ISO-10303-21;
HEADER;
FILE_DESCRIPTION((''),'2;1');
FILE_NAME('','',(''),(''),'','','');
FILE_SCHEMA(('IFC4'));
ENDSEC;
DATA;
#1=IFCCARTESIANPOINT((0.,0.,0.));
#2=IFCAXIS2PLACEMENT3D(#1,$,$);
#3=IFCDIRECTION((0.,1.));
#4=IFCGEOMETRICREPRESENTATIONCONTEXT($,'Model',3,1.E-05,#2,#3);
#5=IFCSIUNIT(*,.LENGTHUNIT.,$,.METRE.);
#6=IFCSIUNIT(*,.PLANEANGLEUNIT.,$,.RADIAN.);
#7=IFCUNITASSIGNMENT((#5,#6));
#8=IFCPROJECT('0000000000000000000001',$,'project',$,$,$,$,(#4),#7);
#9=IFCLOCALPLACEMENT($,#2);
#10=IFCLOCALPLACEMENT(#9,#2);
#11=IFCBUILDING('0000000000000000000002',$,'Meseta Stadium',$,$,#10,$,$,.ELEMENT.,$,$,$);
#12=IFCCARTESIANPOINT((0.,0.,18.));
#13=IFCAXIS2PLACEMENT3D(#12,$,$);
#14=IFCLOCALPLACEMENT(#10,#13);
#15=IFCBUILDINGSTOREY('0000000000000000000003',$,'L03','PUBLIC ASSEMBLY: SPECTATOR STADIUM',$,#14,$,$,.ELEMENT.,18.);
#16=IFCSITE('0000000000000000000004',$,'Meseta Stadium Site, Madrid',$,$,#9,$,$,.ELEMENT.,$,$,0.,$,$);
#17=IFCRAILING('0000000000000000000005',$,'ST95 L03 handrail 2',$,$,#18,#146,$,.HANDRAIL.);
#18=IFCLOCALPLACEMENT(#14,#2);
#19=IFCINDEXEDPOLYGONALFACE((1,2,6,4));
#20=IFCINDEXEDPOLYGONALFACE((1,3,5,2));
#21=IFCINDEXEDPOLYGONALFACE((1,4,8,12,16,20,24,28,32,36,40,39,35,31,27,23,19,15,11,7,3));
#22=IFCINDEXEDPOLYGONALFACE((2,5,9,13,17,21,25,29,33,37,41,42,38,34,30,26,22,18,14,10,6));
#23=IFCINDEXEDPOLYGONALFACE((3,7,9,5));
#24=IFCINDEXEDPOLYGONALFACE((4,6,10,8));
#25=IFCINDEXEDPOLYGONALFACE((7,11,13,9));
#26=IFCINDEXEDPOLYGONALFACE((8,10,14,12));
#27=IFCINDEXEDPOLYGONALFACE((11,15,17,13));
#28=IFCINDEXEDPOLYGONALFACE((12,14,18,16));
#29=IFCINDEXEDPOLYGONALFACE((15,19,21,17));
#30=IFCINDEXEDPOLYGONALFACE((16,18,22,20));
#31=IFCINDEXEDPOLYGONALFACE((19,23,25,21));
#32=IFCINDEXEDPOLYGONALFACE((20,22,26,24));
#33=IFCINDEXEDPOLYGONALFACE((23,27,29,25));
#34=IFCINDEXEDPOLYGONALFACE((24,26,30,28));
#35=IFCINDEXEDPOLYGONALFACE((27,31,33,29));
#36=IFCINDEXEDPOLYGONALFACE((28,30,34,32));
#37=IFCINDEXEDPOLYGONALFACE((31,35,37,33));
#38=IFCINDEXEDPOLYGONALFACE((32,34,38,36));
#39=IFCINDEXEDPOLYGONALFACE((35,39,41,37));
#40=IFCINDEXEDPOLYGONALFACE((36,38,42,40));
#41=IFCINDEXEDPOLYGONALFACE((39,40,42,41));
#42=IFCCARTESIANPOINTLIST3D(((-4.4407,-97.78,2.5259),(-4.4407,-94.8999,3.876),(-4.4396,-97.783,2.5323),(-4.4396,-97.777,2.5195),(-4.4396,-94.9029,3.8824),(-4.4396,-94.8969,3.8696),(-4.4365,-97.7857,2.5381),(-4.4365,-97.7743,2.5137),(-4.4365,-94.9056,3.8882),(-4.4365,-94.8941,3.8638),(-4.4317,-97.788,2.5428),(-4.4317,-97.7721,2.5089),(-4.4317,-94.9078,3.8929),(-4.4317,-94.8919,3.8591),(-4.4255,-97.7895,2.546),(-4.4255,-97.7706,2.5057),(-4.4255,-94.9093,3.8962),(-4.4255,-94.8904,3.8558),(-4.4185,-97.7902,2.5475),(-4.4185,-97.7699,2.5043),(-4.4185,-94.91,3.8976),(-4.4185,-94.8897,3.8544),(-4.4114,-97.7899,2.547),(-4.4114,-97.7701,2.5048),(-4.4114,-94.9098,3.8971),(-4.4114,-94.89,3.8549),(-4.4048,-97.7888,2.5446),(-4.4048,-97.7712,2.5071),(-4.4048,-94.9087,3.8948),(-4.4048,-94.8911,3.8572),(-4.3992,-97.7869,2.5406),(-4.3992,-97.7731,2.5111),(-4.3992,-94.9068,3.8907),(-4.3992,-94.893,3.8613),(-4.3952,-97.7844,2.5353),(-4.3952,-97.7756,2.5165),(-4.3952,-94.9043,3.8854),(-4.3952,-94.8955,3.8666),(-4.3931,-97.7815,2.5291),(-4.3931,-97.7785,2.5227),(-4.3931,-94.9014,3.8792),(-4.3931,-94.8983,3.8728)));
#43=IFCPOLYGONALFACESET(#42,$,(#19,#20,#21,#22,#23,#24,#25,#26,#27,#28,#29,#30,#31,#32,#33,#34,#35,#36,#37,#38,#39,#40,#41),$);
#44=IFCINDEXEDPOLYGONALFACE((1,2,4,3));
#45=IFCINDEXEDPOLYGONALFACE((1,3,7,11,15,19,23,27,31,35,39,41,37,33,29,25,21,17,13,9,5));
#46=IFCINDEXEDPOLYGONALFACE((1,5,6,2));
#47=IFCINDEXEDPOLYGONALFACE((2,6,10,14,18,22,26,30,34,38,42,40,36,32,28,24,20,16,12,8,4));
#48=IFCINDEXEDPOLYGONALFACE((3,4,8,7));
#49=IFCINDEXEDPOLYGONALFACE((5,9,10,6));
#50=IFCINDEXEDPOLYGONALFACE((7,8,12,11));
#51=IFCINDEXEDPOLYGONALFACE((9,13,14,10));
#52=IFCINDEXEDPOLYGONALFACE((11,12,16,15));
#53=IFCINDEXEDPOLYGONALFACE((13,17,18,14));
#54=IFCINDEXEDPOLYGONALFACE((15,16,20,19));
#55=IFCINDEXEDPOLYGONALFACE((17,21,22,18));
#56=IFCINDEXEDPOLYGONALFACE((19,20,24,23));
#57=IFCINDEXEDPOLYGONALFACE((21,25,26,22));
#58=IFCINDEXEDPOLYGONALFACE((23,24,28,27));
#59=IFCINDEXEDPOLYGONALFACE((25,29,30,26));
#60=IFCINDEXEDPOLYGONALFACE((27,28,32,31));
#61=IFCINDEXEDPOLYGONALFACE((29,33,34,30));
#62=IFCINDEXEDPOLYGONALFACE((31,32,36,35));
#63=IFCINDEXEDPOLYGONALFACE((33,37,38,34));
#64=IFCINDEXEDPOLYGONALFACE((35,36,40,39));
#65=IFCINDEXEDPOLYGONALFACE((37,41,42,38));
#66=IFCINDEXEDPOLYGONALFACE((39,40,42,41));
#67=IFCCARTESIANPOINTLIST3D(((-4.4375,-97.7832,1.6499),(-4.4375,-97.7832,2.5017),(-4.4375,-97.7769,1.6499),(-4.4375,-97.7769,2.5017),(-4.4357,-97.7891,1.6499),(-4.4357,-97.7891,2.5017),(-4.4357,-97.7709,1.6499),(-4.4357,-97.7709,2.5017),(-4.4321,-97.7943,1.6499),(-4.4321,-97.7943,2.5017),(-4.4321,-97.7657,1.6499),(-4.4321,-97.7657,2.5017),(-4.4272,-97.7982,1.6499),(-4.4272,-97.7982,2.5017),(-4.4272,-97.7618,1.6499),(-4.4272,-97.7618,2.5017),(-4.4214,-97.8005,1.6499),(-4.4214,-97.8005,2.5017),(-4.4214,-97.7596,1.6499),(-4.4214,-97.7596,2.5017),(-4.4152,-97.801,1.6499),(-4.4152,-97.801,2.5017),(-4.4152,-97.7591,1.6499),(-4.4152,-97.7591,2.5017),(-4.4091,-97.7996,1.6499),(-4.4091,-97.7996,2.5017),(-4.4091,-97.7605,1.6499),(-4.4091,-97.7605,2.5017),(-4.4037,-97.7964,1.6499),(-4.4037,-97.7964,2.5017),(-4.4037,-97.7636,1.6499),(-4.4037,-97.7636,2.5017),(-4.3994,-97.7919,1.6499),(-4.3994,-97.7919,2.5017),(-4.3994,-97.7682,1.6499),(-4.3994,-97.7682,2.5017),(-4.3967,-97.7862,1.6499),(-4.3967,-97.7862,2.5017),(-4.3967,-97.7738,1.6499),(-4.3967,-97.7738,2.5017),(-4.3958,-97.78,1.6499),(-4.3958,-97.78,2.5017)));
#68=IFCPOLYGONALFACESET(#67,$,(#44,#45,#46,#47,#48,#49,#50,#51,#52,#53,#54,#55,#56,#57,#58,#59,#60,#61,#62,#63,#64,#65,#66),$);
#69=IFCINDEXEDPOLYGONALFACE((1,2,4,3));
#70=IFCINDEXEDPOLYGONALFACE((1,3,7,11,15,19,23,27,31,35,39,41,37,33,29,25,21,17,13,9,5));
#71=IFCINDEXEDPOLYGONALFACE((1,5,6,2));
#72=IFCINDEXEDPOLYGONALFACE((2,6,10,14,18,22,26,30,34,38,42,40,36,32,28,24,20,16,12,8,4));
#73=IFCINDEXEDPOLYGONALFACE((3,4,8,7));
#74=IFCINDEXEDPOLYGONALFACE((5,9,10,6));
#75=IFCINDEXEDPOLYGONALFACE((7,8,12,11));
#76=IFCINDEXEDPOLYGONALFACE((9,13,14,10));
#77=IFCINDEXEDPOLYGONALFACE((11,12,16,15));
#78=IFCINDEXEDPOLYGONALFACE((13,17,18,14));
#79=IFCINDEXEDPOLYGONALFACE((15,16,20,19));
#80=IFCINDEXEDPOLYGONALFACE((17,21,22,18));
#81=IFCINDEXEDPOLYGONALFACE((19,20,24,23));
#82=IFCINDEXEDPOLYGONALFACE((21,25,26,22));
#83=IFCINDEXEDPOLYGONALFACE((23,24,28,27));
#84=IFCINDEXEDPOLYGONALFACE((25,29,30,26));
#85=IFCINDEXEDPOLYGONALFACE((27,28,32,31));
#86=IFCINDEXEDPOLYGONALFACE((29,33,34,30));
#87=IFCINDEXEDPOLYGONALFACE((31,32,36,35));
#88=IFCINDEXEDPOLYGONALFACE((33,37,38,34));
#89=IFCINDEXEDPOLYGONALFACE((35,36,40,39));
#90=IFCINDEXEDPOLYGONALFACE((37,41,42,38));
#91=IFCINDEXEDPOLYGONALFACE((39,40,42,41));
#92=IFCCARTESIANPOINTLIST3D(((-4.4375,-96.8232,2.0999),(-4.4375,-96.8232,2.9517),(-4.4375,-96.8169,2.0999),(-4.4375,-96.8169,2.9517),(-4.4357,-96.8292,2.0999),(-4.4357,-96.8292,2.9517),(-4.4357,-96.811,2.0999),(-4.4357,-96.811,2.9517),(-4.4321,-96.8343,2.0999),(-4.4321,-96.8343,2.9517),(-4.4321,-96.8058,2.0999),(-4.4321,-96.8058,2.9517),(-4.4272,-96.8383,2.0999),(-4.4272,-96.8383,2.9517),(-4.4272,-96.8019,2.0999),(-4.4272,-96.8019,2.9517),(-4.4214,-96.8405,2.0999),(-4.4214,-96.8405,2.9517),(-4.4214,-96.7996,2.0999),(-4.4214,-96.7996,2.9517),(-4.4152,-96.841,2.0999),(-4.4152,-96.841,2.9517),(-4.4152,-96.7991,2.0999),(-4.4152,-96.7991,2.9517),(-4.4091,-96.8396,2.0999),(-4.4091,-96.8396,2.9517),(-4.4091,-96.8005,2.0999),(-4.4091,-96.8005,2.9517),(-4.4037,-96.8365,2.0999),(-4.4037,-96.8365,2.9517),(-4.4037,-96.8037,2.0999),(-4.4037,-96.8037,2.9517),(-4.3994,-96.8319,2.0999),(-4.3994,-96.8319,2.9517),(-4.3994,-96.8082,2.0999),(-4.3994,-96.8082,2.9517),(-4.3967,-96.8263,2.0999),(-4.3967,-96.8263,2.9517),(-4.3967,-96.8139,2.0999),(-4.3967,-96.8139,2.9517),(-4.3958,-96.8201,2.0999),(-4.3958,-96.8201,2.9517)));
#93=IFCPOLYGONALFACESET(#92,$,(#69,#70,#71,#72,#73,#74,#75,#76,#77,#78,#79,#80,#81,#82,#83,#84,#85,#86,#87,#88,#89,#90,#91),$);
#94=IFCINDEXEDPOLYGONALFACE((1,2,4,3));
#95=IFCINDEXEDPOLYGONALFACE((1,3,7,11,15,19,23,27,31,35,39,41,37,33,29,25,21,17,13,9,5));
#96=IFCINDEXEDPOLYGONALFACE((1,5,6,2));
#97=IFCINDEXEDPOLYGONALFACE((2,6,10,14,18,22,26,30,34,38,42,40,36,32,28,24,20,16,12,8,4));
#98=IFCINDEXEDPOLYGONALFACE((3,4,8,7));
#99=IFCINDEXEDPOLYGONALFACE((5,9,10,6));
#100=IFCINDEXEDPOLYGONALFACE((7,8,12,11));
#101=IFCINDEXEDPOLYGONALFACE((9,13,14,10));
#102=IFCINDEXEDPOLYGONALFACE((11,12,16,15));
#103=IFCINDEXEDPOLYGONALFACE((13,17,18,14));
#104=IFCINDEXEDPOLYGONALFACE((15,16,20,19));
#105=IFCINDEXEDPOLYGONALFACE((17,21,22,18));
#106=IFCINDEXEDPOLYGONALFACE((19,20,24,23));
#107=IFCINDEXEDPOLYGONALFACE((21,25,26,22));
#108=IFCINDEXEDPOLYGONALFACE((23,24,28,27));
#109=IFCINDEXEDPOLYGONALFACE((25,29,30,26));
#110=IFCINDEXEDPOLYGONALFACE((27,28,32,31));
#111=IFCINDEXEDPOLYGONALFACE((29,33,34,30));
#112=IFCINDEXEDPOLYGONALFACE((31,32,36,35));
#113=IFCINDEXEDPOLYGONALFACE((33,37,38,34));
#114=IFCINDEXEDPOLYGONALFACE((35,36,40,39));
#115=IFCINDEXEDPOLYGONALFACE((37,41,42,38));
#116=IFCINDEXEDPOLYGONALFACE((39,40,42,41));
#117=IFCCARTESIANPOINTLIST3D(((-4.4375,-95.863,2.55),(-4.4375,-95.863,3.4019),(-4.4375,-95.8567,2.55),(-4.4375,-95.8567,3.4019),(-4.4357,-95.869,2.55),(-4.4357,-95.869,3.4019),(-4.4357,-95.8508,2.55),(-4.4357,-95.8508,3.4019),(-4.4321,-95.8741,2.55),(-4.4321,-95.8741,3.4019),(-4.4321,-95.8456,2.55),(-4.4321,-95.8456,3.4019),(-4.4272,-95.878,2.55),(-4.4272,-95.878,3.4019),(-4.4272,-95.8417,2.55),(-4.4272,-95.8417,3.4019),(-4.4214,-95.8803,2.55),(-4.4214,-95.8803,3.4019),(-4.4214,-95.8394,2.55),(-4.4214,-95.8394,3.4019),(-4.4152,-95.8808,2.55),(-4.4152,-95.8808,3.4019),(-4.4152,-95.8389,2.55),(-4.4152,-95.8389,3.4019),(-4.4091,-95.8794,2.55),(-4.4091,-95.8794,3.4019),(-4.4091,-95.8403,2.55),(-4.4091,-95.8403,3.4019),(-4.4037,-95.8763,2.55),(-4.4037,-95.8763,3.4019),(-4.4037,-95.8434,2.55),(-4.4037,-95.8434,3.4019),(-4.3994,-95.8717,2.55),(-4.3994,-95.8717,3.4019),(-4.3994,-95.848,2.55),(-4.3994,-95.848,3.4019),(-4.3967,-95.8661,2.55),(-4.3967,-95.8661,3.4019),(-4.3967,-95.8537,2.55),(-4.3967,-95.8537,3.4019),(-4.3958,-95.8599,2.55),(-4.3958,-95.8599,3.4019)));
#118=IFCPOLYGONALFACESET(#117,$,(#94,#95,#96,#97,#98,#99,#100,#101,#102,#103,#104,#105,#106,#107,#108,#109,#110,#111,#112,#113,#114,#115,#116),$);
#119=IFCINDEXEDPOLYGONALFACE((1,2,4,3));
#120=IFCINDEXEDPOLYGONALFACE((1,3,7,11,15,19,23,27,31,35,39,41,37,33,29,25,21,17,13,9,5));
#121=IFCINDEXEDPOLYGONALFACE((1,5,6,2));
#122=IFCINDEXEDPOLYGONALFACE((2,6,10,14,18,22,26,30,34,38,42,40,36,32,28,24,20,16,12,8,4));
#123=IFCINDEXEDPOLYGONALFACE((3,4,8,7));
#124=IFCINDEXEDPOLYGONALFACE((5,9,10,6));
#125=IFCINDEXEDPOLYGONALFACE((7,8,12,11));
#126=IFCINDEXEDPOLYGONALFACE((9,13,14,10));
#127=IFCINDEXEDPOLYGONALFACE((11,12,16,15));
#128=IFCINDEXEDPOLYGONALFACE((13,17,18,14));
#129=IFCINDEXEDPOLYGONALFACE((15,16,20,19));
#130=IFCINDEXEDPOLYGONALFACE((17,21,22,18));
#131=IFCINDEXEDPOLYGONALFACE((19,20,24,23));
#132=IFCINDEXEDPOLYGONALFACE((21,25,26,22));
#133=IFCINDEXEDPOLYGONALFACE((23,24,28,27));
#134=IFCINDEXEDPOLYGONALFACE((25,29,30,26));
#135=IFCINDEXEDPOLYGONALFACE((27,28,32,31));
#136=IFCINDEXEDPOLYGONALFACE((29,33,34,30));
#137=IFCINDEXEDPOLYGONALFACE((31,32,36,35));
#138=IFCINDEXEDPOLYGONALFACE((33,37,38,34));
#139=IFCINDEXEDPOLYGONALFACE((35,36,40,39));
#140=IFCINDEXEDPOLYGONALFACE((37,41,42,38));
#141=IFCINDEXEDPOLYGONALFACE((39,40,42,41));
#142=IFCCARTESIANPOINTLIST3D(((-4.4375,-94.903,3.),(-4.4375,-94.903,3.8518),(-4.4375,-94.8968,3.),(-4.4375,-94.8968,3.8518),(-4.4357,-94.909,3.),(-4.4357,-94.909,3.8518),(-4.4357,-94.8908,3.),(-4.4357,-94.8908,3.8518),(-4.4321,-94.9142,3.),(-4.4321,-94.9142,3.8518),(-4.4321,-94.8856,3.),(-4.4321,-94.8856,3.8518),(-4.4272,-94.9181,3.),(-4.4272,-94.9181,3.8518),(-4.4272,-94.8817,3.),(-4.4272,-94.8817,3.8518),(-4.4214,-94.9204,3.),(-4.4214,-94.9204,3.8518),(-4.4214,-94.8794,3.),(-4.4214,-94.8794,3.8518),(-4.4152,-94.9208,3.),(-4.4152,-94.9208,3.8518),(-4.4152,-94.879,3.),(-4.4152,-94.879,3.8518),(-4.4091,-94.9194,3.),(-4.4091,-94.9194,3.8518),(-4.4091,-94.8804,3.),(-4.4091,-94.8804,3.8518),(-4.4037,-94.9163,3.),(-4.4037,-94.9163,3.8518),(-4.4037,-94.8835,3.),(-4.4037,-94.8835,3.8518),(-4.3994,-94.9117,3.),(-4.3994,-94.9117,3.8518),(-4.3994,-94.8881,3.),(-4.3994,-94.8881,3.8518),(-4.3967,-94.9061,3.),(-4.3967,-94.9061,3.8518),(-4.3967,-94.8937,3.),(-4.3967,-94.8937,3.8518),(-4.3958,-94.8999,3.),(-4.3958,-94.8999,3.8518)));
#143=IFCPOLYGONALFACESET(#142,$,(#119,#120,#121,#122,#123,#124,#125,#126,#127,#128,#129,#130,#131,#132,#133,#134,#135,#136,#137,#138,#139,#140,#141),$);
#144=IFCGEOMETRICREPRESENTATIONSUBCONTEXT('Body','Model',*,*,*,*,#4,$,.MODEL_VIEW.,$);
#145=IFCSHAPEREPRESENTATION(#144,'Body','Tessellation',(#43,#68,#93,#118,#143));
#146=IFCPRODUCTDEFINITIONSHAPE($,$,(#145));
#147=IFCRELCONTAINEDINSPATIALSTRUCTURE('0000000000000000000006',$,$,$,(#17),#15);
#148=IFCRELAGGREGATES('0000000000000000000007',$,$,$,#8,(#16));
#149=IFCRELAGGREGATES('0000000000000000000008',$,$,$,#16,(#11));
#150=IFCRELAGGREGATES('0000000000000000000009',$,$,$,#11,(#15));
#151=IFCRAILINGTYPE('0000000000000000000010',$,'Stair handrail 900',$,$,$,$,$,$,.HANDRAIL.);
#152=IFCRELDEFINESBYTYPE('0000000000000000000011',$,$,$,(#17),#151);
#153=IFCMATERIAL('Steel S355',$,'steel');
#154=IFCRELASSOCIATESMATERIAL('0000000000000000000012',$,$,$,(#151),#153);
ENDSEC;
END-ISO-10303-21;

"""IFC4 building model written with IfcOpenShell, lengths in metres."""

from ifc_helpers import new_model, si_unit, direction, frame, origin, origin_2d, place, context, subcontext, project, spatial, circle, extrude, material, type_object, element, save


model = new_model("IFC4")

# Units and contexts
model_context = context("Model", 3, precision=1e-05, world=origin(), true_north=direction((0.0, 1.0)))
body_context = subcontext(model_context, "Body", "Model", "MODEL_VIEW")
ifc_project = project(units=[si_unit("LENGTHUNIT", "METRE"), si_unit("PLANEANGLEUNIT", "RADIAN")], contexts=[model_context])

# Site, building, storey
site_placement = place(None, origin())
site = spatial("IfcSite", under=ifc_project, at=site_placement, Name="Meseta Stadium Site, Madrid", CompositionType="ELEMENT", RefElevation=0.0)
building_placement = place(site_placement, origin())
building = spatial("IfcBuilding", under=site, at=building_placement, Name="Meseta Stadium", CompositionType="ELEMENT")
storey_placement = place(building_placement, frame((0.0, 0.0, 18.0)))
storey = spatial("IfcBuildingStorey", under=building, at=storey_placement, Name="L03", Description="PUBLIC ASSEMBLY: SPECTATOR STADIUM", CompositionType="ELEMENT", Elevation=18.0)

# Railing
ifc_material_1 = material(Name="Steel S355", Category="steel")
railing_type_1 = type_object("IfcRailingType", Name="Stair handrail 900", PredefinedType="HANDRAIL", material=ifc_material_1)
for number, where, name in (
    (1, (-4.4167, -97.78, 1.6499), "ST95 L03 handrail 2"),
):
    element("IfcRailing", number, at=place(storey_placement, frame(where)), inside=storey, type_object=railing_type_1, Name=name, PredefinedType="HANDRAIL", context=body_context, shape_type="SweptSolid", body=[
        extrude(circle(Radius=0.0239, at=origin_2d()), frame((0.0, 0.0, 0.876), z_axis=(0.0, 0.905454, 0.424444), x_axis=(-1.0, 0.0, 0.0)), (0.0, 0.0, 1.0), 3.1809),
        extrude(circle(Radius=0.021, at=origin_2d()), origin(), (0.0, 0.0, 1.0), 0.8518),
        extrude(circle(Radius=0.021, at=origin_2d()), frame((0.0, 0.96, 0.45)), (0.0, 0.0, 1.0), 0.8518),
        extrude(circle(Radius=0.021, at=origin_2d()), frame((0.0, 1.9202, 0.9001)), (0.0, 0.0, 1.0), 0.8518),
        extrude(circle(Radius=0.021, at=origin_2d()), frame((0.0, 2.8801, 1.3501)), (0.0, 0.0, 1.0), 0.8518),
    ])

save(model, "model.ifc")
